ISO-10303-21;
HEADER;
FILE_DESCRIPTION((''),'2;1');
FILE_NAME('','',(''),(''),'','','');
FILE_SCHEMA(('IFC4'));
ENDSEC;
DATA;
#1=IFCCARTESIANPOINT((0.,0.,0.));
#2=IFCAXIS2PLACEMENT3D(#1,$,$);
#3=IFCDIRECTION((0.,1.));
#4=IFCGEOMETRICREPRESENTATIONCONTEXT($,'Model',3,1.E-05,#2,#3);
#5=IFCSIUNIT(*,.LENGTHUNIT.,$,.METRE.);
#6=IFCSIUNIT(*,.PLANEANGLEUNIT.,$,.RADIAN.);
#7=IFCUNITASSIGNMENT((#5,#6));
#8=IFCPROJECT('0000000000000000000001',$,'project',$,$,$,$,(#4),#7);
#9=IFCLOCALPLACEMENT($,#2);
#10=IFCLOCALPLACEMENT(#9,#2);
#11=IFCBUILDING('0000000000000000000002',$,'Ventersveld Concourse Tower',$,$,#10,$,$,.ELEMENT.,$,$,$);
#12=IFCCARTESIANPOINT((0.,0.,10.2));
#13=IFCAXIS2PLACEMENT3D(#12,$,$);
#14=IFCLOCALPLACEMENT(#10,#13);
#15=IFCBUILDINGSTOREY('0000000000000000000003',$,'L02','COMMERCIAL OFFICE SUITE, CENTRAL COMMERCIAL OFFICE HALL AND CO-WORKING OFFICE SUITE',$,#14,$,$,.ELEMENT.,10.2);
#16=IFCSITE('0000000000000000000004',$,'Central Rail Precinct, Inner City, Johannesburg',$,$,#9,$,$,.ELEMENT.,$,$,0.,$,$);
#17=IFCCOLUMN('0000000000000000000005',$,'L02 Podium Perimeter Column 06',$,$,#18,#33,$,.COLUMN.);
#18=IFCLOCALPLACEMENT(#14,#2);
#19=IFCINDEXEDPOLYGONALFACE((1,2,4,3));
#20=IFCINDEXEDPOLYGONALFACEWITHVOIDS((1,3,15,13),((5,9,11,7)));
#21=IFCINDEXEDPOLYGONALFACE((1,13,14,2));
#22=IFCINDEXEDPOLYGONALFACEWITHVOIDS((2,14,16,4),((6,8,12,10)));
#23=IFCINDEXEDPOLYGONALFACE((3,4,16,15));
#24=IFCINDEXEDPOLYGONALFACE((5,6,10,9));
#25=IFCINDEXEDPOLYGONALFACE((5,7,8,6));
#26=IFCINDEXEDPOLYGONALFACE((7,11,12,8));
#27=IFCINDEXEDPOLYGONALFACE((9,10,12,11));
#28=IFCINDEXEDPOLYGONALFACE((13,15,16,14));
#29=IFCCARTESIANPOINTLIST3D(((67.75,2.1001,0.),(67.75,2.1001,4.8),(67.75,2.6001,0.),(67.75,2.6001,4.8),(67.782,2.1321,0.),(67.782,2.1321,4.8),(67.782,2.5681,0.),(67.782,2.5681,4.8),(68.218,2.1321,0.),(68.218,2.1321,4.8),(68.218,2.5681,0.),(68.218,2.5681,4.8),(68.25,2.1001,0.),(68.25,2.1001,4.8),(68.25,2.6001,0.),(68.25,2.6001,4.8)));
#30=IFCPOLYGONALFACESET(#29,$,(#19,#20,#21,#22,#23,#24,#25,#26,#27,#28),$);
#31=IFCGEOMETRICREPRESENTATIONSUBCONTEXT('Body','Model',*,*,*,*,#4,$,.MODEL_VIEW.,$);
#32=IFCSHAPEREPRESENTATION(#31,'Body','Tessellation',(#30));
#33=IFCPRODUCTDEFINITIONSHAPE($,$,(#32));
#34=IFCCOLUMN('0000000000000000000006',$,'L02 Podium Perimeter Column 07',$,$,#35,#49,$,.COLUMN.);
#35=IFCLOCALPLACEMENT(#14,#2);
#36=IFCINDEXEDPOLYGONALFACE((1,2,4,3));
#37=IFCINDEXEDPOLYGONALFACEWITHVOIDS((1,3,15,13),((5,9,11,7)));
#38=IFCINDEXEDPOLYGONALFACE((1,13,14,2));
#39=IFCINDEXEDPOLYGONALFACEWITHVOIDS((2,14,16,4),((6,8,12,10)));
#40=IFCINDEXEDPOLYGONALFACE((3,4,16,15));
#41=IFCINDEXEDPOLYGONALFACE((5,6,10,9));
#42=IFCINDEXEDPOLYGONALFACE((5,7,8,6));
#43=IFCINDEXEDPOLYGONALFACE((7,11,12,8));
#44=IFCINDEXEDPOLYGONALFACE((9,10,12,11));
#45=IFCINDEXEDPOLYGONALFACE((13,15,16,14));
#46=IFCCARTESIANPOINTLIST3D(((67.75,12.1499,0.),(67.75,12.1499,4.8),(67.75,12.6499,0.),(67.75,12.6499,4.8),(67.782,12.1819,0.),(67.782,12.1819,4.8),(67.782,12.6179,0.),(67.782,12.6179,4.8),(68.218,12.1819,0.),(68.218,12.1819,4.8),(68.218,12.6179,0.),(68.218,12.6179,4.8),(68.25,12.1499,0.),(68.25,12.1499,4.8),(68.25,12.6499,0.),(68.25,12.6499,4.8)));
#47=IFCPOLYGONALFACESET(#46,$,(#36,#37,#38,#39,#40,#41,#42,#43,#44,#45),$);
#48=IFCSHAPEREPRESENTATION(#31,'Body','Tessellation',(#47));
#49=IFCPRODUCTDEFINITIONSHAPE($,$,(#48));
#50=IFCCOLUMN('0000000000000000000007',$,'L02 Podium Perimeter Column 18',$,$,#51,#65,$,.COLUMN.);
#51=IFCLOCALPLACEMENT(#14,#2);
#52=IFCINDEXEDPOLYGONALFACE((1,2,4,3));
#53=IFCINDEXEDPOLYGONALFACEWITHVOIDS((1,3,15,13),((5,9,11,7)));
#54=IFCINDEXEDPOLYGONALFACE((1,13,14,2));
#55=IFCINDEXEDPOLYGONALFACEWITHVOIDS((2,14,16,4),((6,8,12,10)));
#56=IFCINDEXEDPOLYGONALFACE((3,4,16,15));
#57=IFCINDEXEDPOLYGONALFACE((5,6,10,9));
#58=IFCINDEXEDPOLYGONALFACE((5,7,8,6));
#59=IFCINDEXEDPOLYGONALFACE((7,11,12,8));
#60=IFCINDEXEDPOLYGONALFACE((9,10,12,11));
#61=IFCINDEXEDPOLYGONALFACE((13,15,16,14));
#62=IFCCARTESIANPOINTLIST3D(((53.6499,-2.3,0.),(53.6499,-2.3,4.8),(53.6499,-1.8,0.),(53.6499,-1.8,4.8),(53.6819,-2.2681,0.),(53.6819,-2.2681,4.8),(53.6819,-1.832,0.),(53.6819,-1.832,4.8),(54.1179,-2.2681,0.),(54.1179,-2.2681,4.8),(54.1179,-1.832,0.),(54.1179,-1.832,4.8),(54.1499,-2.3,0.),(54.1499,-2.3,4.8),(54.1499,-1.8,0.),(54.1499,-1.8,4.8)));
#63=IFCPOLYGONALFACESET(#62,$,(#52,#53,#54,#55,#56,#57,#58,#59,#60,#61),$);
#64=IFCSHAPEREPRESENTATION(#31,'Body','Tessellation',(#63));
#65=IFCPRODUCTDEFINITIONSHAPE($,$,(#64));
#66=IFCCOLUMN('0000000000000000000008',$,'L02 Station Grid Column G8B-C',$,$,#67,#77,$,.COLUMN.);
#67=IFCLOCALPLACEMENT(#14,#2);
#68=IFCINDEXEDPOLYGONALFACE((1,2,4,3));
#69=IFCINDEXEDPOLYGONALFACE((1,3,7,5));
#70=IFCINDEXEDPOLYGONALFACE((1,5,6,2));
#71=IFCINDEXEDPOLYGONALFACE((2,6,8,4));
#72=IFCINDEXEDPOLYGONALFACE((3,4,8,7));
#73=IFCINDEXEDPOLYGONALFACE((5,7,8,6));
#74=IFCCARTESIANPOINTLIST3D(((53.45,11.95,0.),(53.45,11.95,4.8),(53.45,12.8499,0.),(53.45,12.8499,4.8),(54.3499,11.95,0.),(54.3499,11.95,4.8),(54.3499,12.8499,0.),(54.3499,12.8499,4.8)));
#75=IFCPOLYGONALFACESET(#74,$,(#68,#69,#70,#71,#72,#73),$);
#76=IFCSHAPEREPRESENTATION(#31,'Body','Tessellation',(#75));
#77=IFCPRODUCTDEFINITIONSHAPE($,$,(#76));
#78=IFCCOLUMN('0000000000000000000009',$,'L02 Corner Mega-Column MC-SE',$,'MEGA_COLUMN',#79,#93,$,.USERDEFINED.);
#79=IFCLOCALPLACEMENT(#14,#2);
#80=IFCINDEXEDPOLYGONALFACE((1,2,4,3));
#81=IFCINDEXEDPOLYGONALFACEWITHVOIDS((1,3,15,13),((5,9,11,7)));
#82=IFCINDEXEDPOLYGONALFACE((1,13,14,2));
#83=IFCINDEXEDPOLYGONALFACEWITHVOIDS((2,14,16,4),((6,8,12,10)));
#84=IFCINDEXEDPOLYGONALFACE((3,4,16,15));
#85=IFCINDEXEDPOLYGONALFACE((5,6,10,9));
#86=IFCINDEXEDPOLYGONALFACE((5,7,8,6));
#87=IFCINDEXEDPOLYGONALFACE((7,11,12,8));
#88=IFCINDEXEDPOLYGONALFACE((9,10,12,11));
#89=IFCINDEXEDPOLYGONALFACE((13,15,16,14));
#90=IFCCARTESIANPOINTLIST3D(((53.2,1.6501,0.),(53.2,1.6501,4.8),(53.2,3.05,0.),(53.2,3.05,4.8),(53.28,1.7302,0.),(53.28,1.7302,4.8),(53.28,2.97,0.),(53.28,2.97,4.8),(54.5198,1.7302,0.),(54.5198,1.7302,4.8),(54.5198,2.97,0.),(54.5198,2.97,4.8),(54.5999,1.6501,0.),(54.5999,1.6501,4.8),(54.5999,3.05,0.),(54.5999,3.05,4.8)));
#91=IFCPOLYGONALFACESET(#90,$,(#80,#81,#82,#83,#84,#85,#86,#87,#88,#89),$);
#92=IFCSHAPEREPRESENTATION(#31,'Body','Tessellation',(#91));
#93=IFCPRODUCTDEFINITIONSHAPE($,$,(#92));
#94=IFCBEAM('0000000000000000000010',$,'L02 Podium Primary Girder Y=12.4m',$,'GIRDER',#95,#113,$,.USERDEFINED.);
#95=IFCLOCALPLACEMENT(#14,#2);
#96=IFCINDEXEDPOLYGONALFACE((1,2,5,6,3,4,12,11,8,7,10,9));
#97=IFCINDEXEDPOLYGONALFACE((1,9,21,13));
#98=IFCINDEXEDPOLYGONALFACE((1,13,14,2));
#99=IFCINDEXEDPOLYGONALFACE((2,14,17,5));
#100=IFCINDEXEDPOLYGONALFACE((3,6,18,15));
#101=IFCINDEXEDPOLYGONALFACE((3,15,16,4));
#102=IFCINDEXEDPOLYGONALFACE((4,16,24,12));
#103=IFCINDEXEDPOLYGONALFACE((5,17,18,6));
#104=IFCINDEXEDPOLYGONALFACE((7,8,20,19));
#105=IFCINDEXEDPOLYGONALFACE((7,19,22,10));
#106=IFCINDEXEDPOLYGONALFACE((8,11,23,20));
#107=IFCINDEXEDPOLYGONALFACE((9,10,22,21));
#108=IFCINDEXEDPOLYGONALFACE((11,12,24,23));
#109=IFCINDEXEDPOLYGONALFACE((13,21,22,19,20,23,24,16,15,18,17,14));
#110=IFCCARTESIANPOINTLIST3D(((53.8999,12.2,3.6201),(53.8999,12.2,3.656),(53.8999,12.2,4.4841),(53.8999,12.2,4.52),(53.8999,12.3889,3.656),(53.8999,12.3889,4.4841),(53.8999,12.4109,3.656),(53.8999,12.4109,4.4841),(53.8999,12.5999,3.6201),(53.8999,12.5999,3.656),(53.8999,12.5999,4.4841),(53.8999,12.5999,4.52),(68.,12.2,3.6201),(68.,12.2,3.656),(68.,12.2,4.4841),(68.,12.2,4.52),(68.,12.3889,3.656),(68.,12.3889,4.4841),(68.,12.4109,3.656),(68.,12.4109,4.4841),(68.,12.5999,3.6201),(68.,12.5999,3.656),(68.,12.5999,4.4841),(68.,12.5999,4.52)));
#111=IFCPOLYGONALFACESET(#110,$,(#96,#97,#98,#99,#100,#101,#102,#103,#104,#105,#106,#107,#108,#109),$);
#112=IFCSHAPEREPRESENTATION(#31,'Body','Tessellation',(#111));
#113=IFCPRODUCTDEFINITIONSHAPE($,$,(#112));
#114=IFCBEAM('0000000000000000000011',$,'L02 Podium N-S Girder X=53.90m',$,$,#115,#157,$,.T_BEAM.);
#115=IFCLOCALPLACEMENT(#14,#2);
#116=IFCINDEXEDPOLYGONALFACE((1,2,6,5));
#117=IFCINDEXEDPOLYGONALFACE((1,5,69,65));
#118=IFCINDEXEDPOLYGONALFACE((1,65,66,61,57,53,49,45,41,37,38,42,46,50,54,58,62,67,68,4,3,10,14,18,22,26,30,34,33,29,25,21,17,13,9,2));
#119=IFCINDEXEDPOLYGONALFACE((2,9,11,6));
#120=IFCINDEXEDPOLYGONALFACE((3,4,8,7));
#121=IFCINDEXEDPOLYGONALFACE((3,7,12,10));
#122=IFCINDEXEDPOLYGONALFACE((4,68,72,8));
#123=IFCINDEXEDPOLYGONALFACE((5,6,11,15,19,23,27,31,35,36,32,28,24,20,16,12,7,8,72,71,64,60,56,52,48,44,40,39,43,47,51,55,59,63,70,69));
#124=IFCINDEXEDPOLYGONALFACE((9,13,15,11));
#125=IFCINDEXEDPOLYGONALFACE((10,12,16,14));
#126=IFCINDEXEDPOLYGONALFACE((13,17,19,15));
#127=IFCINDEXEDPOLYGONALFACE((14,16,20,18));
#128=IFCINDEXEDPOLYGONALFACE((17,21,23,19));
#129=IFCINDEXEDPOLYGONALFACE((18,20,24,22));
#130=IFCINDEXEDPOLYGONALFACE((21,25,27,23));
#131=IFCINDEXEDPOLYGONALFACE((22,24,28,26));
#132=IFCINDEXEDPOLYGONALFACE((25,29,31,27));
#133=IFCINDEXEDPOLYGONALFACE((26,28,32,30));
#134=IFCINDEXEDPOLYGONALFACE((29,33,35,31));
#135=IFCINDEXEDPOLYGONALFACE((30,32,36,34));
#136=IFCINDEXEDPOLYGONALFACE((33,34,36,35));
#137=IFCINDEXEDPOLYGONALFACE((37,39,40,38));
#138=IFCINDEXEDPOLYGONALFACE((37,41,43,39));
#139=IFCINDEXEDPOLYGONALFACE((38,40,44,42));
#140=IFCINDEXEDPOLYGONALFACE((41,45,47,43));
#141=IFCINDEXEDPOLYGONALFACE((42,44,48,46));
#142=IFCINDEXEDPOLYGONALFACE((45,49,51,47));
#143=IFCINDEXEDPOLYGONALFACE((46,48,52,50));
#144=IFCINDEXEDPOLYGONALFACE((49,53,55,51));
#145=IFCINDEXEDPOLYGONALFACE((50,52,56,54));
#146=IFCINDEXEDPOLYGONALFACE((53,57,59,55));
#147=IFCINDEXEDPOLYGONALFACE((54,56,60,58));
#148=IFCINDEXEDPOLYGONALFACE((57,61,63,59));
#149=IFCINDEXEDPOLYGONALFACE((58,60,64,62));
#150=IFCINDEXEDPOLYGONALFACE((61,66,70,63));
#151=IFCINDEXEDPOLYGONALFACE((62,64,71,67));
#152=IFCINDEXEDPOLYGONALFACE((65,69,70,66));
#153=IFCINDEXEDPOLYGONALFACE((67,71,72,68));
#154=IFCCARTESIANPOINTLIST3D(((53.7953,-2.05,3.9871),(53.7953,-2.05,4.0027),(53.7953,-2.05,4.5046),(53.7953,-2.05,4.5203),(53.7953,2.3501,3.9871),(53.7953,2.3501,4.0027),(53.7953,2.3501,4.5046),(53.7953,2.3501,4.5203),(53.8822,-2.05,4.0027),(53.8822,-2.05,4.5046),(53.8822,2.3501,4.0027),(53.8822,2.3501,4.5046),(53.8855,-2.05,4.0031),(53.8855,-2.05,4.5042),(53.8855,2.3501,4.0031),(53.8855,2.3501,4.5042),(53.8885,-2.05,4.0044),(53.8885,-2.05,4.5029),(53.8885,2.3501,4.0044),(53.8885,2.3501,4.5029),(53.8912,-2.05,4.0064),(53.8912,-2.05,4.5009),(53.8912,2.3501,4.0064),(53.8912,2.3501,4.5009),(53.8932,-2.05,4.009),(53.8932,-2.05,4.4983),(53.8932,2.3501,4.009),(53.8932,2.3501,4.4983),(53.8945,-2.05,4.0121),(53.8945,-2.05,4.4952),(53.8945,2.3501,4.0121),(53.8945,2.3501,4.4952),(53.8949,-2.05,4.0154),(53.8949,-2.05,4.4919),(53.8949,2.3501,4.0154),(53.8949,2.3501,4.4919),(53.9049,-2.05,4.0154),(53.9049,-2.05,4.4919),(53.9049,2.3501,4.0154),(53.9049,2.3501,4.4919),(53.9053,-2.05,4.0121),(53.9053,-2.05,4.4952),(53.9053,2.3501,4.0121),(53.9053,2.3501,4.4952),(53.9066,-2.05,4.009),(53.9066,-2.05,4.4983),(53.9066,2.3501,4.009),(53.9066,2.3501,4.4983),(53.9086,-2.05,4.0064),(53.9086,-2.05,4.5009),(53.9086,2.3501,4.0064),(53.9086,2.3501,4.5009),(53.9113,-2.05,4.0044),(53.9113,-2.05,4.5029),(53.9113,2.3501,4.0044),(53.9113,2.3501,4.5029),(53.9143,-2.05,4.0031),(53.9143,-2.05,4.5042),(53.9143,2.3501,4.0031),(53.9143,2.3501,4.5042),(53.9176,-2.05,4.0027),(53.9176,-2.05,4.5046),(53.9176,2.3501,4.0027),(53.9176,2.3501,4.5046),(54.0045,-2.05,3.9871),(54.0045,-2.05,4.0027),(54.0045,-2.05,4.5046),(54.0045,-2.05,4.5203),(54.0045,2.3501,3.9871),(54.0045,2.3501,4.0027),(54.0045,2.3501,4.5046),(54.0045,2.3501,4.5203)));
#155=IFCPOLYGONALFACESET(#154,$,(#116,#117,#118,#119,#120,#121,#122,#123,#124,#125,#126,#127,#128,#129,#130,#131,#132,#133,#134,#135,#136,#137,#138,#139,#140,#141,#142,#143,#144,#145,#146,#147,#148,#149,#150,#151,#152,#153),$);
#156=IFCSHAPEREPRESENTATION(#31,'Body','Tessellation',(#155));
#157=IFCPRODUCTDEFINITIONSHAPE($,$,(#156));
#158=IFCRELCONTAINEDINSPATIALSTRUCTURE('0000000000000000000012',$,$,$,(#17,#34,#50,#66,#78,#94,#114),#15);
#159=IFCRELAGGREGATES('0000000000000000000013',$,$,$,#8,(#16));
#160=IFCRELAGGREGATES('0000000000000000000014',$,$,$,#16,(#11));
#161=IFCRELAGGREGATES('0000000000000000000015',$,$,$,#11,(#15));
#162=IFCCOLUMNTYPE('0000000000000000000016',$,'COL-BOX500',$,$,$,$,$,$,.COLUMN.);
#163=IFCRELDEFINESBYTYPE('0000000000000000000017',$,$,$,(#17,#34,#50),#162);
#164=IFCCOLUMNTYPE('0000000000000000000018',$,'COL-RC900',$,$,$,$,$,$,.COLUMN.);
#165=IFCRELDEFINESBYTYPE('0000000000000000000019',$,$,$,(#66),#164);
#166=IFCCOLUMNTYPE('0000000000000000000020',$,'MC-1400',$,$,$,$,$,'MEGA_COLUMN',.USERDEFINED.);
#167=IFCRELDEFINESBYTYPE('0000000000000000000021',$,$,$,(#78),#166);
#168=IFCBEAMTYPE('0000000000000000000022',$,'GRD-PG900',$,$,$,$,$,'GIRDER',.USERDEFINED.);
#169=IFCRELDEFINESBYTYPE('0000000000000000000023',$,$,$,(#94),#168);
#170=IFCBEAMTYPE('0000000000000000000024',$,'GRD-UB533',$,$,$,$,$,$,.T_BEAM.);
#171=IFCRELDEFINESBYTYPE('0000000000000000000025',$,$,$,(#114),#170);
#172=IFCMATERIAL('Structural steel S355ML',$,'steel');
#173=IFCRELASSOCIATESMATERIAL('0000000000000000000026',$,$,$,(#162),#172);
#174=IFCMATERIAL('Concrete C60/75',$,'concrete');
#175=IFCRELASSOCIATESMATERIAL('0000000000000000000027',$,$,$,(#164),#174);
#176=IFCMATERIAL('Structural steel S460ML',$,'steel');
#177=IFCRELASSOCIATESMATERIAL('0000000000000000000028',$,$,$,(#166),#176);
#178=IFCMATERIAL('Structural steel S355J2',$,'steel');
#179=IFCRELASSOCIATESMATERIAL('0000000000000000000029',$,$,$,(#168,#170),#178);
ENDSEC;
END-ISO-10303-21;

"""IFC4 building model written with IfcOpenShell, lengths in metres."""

from ifc_helpers import new_model, si_unit, direction, frame, origin, origin_2d, place, context, subcontext, project, spatial, rectangle, hollow_rectangle, i_section, extrude, material, material_profile, profile_set, type_object, element, save


model = new_model("IFC4")

# Units and contexts
model_context = context("Model", 3, precision=1e-05, world=origin(), true_north=direction((0.0, 1.0)))
body_context = subcontext(model_context, "Body", "Model", "MODEL_VIEW")
ifc_project = project(units=[si_unit("LENGTHUNIT", "METRE"), si_unit("PLANEANGLEUNIT", "RADIAN")], contexts=[model_context])

# Site, building, storey
site_placement = place(None, origin())
site = spatial("IfcSite", under=ifc_project, at=site_placement, Name="Central Rail Precinct, Inner City, Johannesburg", CompositionType="ELEMENT", RefElevation=0.0)
building_placement = place(site_placement, origin())
building = spatial("IfcBuilding", under=site, at=building_placement, Name="Ventersveld Concourse Tower", CompositionType="ELEMENT")
storey_placement = place(building_placement, frame((0.0, 0.0, 10.2)))
storey = spatial("IfcBuildingStorey", under=building, at=storey_placement, Name="L02", Description="COMMERCIAL OFFICE SUITE, CENTRAL COMMERCIAL OFFICE HALL AND CO-WORKING OFFICE SUITE", CompositionType="ELEMENT", Elevation=10.2)

# Columns
ifc_material_1 = material(Name="Structural steel S355ML", Category="steel")
ifc_material_profile_1 = material_profile(ifc_material_1, hollow_rectangle(XDim=0.5, YDim=0.5, WallThickness=0.032, at=origin_2d()), Name="BOX 500x500x32")
ifc_profile_set_1 = profile_set([ifc_material_profile_1], Name="Structural steel S355ML")
column_type_1 = type_object("IfcColumnType", Name="COL-BOX500", PredefinedType="COLUMN", material=ifc_profile_set_1)
for number, where, z_axis, x_axis, name in (
    (1, (68.0, 2.3501, 0.0), (0.0, 0.0, 1.0), (1.0, 0.0, 0.0), "L02 Podium Perimeter Column 06"),
    (2, (68.0, 12.3999, 0.0), (0.0, 0.0, 1.0), (1.0, 0.0, 0.0), "L02 Podium Perimeter Column 07"),
    (3, (53.8999, -2.05, 0.0), (0.0, 0.0, 1.0), (1.0, 0.0, 0.0), "L02 Podium Perimeter Column 18"),
):
    element("IfcColumn", number, at=place(storey_placement, frame(where, z_axis=z_axis, x_axis=x_axis)), inside=storey, type_object=column_type_1, Name=name, PredefinedType="COLUMN", context=body_context, shape_type="SweptSolid", body=[
        extrude(hollow_rectangle(XDim=0.5, YDim=0.5, WallThickness=0.032, at=origin_2d()), origin(), (0.0, 0.0, 1.0), 4.8),
    ])
ifc_material_2 = material(Name="Concrete C60/75", Category="concrete")
ifc_material_profile_2 = material_profile(ifc_material_2, rectangle(XDim=0.8999, YDim=0.8999, at=origin_2d()), Name="RC 900x900")
ifc_profile_set_2 = profile_set([ifc_material_profile_2], Name="Concrete C60/75")
column_type_2 = type_object("IfcColumnType", Name="COL-RC900", PredefinedType="COLUMN", material=ifc_profile_set_2)
column_1_placement = place(storey_placement, frame((53.8999, 12.3999, 0.0), z_axis=(0.0, 0.0, 1.0), x_axis=(1.0, 0.0, 0.0)))
element("IfcColumn", 4, at=column_1_placement, inside=storey, type_object=column_type_2, Name="L02 Station Grid Column G8B-C", PredefinedType="COLUMN", context=body_context, shape_type="SweptSolid", body=[
    extrude(rectangle(XDim=0.8999, YDim=0.8999, at=origin_2d()), origin(), (0.0, 0.0, 1.0), 4.8),
])
ifc_material_3 = material(Name="Structural steel S460ML", Category="steel")
ifc_material_profile_3 = material_profile(ifc_material_3, hollow_rectangle(XDim=1.3999, YDim=1.3999, WallThickness=0.0801, at=origin_2d()), Name="BOX 1400x1400x80")
ifc_profile_set_3 = profile_set([ifc_material_profile_3], Name="Structural steel S460ML")
column_type_3 = type_object("IfcColumnType", Name="MC-1400", ElementType="MEGA_COLUMN", PredefinedType="USERDEFINED", material=ifc_profile_set_3)
column_2_placement = place(storey_placement, frame((53.8999, 2.3501, 0.0), z_axis=(0.0, 0.0, 1.0), x_axis=(1.0, 0.0, 0.0)))
element("IfcColumn", 5, at=column_2_placement, inside=storey, type_object=column_type_3, Name="L02 Corner Mega-Column MC-SE", ObjectType="MEGA_COLUMN", PredefinedType="USERDEFINED", context=body_context, shape_type="SweptSolid", body=[
    extrude(hollow_rectangle(XDim=1.3999, YDim=1.3999, WallThickness=0.0801, at=origin_2d()), origin(), (0.0, 0.0, 1.0), 4.8),
])

# Beams
ifc_material_4 = material(Name="Structural steel S355J2", Category="steel")
ifc_material_profile_4 = material_profile(ifc_material_4, i_section(OverallWidth=0.3999, OverallDepth=0.8999, WebThickness=0.022, FlangeThickness=0.0359, at=origin_2d()), Name="PG 900x400x36")
ifc_profile_set_4 = profile_set([ifc_material_profile_4], Name="Structural steel S355J2")
beam_type_1 = type_object("IfcBeamType", Name="GRD-PG900", ElementType="GIRDER", PredefinedType="USERDEFINED", material=ifc_profile_set_4)
beam_1_placement = place(storey_placement, frame((53.8999, 12.3999, 4.0701), z_axis=(1.0, 0.0, 0.0), x_axis=(0.0, 1.0, 0.0)))
element("IfcBeam", 6, at=beam_1_placement, inside=storey, type_object=beam_type_1, Name="L02 Podium Primary Girder Y=12.4m", ObjectType="GIRDER", PredefinedType="USERDEFINED", context=body_context, shape_type="SweptSolid", body=[
    extrude(i_section(OverallWidth=0.3999, OverallDepth=0.8999, WebThickness=0.022, FlangeThickness=0.0359, at=origin_2d()), origin(), (0.0, 0.0, 1.0), 14.1001),
])
ifc_material_profile_5 = material_profile(ifc_material_4, i_section(OverallWidth=0.2092, OverallDepth=0.5332, WebThickness=0.01, FlangeThickness=0.0156, FilletRadius=0.0127, at=origin_2d()), Name="UB 533x210x92")
ifc_profile_set_5 = profile_set([ifc_material_profile_5], Name="Structural steel S355J2")
beam_type_2 = type_object("IfcBeamType", Name="GRD-UB533", PredefinedType="T_BEAM", material=ifc_profile_set_5)
beam_2_placement = place(storey_placement, frame((53.8999, -2.05, 4.2537), z_axis=(0.0, 1.0, 0.0), x_axis=(-1.0, 0.0, 0.0)))
element("IfcBeam", 7, at=beam_2_placement, inside=storey, type_object=beam_type_2, Name="L02 Podium N-S Girder X=53.90m", PredefinedType="T_BEAM", context=body_context, shape_type="SweptSolid", body=[
    extrude(i_section(OverallWidth=0.2092, OverallDepth=0.5332, WebThickness=0.01, FlangeThickness=0.0156, FilletRadius=0.0127, at=origin_2d()), origin(), (0.0, 0.0, 1.0), 4.4001),
])

save(model, "model.ifc")
